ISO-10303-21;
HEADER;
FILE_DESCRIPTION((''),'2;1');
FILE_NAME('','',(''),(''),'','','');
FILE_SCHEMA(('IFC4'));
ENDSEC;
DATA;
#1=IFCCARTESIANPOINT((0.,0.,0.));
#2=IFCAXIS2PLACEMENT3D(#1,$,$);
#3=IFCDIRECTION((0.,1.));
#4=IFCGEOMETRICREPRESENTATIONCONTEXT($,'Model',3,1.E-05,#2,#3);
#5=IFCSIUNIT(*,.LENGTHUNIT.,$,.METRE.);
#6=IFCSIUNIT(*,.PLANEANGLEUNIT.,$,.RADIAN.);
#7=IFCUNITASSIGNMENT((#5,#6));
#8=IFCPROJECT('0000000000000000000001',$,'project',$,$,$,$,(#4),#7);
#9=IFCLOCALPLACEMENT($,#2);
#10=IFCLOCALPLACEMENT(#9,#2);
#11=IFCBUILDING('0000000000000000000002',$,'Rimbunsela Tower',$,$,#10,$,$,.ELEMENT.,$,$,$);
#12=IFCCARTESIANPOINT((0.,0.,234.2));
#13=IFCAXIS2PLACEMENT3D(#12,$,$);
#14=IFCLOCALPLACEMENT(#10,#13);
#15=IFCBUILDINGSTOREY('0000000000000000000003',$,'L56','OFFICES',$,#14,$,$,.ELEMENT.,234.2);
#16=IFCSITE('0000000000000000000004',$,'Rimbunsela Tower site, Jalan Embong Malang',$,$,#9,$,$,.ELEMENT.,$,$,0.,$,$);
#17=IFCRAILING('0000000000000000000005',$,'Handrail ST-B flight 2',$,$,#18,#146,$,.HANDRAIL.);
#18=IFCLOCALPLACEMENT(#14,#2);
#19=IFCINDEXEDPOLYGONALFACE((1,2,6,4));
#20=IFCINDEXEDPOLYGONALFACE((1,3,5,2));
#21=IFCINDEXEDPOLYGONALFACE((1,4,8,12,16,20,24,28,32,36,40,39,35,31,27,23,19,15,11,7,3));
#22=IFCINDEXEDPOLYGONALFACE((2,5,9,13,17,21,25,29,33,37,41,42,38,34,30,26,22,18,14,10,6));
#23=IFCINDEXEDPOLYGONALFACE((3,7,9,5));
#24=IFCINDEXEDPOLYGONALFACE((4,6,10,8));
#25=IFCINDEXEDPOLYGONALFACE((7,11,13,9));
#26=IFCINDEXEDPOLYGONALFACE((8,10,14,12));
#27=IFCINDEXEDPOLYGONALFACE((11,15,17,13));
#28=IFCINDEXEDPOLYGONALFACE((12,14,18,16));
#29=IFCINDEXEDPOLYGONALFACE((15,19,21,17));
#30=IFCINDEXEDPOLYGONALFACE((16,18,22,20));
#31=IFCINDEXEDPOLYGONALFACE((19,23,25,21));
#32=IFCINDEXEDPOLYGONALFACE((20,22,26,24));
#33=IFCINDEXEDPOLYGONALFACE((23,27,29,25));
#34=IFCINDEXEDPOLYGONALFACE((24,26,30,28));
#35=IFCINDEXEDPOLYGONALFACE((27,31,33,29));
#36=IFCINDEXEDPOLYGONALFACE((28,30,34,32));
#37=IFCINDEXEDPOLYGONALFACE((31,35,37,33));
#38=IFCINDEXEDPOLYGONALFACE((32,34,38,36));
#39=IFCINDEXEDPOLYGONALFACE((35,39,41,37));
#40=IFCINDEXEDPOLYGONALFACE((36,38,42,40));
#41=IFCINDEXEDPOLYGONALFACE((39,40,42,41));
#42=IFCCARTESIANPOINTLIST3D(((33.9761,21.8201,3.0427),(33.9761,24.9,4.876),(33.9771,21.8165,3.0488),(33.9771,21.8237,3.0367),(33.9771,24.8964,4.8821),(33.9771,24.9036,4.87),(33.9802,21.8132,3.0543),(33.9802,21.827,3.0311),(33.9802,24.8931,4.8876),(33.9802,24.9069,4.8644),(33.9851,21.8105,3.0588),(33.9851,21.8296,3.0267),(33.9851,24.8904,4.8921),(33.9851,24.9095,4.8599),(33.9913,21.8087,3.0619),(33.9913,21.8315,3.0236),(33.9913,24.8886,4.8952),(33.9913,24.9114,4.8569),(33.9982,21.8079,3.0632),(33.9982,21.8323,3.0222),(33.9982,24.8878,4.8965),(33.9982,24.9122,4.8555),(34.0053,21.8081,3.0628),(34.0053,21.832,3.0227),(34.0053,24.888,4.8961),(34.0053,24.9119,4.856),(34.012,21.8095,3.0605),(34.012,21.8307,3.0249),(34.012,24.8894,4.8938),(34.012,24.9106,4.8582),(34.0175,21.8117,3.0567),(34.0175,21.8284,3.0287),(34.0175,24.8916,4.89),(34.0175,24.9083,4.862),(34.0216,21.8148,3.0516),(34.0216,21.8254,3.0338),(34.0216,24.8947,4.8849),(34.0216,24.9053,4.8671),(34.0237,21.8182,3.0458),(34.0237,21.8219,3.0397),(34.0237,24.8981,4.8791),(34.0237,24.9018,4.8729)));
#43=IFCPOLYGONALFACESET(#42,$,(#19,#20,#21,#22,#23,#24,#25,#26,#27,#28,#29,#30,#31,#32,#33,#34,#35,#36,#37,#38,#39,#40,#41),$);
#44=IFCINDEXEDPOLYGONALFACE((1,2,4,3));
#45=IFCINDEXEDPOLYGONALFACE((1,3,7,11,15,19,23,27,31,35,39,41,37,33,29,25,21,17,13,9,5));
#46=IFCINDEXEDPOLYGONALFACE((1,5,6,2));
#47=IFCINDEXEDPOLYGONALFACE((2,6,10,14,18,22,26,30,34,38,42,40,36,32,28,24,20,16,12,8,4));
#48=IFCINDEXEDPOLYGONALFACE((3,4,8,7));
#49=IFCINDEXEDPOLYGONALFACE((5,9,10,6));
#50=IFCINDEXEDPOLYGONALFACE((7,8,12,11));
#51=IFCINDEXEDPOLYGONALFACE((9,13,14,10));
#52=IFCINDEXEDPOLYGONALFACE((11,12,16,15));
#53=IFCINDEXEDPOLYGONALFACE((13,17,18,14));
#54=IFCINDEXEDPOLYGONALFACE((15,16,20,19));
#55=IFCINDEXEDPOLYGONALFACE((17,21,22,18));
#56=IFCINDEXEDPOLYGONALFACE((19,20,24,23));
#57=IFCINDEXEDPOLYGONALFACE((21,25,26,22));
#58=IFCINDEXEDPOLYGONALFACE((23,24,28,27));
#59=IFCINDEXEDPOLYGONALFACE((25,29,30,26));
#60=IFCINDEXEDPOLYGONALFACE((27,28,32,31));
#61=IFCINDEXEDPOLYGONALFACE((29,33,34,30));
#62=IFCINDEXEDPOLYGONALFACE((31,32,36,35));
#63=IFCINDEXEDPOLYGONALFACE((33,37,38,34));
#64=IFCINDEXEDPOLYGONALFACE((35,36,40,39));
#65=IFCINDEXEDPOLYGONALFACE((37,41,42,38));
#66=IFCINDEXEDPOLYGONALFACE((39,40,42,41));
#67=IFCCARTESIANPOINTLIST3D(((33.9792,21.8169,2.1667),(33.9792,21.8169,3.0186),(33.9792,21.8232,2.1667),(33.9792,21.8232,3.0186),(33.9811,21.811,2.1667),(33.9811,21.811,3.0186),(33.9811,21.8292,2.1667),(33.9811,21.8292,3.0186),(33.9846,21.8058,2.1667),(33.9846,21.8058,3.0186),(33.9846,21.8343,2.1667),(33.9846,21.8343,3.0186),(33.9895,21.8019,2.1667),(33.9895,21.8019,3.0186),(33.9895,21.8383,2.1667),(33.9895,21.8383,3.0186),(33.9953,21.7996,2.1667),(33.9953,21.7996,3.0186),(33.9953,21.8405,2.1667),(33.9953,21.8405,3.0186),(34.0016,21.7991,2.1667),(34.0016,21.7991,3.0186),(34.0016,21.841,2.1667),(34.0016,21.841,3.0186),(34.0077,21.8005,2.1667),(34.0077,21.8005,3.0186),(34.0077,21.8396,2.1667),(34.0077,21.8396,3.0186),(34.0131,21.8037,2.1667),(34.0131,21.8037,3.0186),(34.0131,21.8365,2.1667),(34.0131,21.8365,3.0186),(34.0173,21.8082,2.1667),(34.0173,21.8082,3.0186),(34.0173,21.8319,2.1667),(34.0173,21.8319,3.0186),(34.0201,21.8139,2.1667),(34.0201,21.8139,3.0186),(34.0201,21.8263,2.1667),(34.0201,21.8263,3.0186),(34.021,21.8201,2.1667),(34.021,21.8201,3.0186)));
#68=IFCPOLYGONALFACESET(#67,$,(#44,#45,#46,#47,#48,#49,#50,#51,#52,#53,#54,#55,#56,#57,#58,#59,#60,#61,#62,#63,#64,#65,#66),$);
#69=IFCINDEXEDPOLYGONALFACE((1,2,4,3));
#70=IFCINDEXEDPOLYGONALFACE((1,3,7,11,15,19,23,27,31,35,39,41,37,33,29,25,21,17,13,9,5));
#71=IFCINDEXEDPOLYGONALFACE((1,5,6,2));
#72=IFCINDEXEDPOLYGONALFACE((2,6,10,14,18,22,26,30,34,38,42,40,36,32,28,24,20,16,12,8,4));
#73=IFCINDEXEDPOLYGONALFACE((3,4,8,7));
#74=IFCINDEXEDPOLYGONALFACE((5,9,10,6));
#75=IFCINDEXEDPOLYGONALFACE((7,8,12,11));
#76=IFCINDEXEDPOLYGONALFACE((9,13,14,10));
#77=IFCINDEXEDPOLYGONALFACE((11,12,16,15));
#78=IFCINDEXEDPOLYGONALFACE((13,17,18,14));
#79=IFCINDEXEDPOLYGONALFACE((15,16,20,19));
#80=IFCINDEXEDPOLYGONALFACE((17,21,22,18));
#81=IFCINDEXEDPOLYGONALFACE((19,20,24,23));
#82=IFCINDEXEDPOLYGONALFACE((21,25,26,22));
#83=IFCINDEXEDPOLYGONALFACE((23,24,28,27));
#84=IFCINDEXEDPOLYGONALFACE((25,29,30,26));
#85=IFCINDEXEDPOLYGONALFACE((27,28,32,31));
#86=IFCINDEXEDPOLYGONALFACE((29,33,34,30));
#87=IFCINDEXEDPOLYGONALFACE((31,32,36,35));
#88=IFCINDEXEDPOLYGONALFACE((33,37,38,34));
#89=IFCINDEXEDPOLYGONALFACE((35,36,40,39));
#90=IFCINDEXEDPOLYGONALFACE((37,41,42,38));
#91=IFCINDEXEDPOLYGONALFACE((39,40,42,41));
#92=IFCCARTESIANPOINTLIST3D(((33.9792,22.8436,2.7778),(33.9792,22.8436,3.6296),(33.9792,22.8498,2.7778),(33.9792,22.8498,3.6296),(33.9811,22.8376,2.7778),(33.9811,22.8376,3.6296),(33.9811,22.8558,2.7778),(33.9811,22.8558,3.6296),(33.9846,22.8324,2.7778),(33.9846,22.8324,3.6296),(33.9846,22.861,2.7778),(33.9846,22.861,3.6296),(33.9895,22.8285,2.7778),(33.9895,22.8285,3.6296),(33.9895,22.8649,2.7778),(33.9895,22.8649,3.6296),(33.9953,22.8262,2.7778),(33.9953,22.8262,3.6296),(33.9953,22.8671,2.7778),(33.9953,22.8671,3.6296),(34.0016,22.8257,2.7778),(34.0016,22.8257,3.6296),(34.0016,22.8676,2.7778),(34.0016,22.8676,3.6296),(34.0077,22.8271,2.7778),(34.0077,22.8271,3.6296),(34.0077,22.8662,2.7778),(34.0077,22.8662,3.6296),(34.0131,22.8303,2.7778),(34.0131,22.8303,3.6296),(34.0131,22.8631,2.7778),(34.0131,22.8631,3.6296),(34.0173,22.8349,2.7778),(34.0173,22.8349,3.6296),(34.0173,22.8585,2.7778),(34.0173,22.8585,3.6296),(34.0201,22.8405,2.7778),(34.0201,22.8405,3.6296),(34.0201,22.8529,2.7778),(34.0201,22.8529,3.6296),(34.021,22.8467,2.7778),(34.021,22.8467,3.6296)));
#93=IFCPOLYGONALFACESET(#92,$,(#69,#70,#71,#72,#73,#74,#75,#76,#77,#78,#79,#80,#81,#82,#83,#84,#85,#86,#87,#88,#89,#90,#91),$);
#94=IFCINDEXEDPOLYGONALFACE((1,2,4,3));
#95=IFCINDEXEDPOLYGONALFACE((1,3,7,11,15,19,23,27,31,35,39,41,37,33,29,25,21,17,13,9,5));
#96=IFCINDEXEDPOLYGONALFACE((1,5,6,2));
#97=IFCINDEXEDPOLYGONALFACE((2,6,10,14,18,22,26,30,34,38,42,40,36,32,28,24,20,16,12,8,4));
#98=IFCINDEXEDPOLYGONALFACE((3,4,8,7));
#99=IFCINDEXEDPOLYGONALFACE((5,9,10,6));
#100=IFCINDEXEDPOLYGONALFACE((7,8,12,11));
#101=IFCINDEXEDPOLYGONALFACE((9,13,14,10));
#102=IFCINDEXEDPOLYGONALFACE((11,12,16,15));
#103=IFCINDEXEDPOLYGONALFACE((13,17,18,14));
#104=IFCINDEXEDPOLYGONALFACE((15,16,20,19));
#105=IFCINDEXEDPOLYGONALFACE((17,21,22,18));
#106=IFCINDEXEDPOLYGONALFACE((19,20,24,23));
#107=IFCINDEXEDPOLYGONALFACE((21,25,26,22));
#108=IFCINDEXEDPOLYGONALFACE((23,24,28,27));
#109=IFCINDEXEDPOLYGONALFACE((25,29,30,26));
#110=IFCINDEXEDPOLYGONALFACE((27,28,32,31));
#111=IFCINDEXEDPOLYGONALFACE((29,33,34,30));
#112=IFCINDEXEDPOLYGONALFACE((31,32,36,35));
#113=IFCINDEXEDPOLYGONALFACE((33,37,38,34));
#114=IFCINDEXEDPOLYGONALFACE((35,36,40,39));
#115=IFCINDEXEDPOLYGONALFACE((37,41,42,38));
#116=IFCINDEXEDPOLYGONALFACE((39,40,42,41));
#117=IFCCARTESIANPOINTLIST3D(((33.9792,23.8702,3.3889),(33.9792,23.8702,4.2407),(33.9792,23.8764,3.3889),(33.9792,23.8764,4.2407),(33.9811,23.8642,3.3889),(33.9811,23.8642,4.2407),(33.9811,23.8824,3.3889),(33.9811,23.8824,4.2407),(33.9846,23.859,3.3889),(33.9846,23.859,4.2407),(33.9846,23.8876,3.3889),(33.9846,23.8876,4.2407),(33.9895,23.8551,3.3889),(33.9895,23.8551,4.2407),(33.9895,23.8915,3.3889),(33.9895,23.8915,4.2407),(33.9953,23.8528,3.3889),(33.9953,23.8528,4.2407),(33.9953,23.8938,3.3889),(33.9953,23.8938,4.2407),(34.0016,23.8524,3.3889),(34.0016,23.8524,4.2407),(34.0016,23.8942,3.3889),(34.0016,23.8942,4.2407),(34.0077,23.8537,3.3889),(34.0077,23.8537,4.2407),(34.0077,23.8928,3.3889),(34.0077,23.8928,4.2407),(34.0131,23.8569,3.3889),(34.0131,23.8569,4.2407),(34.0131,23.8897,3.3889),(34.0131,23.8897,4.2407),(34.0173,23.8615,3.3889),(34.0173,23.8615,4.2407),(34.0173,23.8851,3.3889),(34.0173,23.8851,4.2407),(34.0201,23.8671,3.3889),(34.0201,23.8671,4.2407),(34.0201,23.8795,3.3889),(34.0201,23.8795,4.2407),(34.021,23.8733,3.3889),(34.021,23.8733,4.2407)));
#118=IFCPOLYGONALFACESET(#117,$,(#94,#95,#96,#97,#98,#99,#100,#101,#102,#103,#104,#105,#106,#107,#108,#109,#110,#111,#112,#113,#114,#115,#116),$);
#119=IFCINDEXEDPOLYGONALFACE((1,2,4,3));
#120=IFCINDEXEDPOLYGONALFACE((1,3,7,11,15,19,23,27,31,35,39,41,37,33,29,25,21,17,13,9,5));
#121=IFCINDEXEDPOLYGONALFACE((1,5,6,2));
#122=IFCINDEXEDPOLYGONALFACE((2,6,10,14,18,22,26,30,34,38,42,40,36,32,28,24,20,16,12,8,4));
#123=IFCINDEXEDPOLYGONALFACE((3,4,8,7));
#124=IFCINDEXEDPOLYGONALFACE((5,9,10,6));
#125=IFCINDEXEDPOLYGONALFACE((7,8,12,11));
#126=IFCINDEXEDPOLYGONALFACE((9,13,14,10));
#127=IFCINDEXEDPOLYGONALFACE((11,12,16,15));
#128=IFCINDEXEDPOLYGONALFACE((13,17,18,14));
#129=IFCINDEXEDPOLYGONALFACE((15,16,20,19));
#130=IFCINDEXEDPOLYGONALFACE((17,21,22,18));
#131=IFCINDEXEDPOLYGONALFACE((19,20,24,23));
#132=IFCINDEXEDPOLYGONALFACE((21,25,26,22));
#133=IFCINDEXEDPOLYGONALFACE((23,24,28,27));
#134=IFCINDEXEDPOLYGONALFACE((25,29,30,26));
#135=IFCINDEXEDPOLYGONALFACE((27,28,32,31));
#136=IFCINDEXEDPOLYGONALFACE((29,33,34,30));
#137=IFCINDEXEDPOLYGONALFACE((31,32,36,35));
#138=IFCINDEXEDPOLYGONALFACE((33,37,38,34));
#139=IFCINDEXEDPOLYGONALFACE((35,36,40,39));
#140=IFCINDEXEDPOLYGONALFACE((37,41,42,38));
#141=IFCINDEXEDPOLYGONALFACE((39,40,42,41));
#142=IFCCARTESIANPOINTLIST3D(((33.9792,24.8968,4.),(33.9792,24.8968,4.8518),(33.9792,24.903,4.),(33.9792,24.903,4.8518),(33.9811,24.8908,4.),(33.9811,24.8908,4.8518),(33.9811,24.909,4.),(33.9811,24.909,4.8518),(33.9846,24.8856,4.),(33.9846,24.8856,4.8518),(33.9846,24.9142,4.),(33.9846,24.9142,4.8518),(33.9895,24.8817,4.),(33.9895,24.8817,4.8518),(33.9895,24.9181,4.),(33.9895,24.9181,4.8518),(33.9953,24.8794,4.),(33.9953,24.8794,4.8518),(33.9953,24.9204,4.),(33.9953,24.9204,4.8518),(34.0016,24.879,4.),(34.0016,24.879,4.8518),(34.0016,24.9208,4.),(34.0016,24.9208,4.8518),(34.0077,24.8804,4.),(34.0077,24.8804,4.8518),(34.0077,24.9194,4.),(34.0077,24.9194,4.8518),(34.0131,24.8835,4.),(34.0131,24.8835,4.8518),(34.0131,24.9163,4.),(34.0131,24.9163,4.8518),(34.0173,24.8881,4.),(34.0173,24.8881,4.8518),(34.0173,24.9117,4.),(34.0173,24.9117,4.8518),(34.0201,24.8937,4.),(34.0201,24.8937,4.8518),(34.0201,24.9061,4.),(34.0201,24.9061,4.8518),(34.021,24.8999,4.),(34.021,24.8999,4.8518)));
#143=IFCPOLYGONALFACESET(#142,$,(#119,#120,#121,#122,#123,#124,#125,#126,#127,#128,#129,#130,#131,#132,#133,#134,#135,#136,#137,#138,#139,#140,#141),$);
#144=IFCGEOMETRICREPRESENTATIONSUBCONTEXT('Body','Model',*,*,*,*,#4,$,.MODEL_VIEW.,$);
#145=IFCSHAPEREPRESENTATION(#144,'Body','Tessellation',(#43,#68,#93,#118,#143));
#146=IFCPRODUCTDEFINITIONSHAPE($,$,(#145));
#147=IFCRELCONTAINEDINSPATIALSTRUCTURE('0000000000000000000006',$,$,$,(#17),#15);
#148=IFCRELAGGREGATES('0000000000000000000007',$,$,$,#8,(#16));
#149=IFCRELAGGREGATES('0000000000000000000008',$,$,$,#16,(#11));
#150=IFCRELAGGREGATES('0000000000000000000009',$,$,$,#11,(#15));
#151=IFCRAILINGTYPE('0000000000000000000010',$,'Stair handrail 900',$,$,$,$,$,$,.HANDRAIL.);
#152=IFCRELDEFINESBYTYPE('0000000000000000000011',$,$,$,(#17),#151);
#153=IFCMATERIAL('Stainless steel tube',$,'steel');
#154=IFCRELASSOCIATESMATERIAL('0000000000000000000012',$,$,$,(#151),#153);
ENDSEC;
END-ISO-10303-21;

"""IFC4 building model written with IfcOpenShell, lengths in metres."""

from ifc_helpers import new_model, si_unit, direction, frame, origin, origin_2d, place, context, subcontext, project, spatial, circle, extrude, material, type_object, element, save


model = new_model("IFC4")

# Units and contexts
model_context = context("Model", 3, precision=1e-05, world=origin(), true_north=direction((0.0, 1.0)))
body_context = subcontext(model_context, "Body", "Model", "MODEL_VIEW")
ifc_project = project(units=[si_unit("LENGTHUNIT", "METRE"), si_unit("PLANEANGLEUNIT", "RADIAN")], contexts=[model_context])

# Site, building, storey
site_placement = place(None, origin())
site = spatial("IfcSite", under=ifc_project, at=site_placement, Name="Rimbunsela Tower site, Jalan Embong Malang", CompositionType="ELEMENT", RefElevation=0.0)
building_placement = place(site_placement, origin())
building = spatial("IfcBuilding", under=site, at=building_placement, Name="Rimbunsela Tower", CompositionType="ELEMENT")
storey_placement = place(building_placement, frame((0.0, 0.0, 234.2)))
storey = spatial("IfcBuildingStorey", under=building, at=storey_placement, Name="L56", Description="OFFICES", CompositionType="ELEMENT", Elevation=234.2)

# Railing
ifc_material_1 = material(Name="Stainless steel tube", Category="steel")
railing_type = type_object("IfcRailingType", Name="Stair handrail 900", PredefinedType="HANDRAIL", material=ifc_material_1)
railing_placement = place(storey_placement, frame((34.0, 21.8201, 2.1667)))
element("IfcRailing", 1, at=railing_placement, inside=storey, type_object=railing_type, Name="Handrail ST-B flight 2", PredefinedType="HANDRAIL", context=body_context, shape_type="SweptSolid", body=[
    extrude(circle(Radius=0.0239, at=origin_2d()), frame((0.0, 0.0, 0.876), z_axis=(0.0, 0.859291, 0.511487), x_axis=(-1.0, 0.0, 0.0)), (0.0, 0.0, 1.0), 3.5842),
    extrude(circle(Radius=0.021, at=origin_2d()), origin(), (0.0, 0.0, 1.0), 0.8518),
    extrude(circle(Radius=0.021, at=origin_2d()), frame((0.0, 1.0266, 0.6111)), (0.0, 0.0, 1.0), 0.8518),
    extrude(circle(Radius=0.021, at=origin_2d()), frame((0.0, 2.0532, 1.2222)), (0.0, 0.0, 1.0), 0.8518),
    extrude(circle(Radius=0.021, at=origin_2d()), frame((0.0, 3.0798, 1.8333)), (0.0, 0.0, 1.0), 0.8518),
])

save(model, "model.ifc")
